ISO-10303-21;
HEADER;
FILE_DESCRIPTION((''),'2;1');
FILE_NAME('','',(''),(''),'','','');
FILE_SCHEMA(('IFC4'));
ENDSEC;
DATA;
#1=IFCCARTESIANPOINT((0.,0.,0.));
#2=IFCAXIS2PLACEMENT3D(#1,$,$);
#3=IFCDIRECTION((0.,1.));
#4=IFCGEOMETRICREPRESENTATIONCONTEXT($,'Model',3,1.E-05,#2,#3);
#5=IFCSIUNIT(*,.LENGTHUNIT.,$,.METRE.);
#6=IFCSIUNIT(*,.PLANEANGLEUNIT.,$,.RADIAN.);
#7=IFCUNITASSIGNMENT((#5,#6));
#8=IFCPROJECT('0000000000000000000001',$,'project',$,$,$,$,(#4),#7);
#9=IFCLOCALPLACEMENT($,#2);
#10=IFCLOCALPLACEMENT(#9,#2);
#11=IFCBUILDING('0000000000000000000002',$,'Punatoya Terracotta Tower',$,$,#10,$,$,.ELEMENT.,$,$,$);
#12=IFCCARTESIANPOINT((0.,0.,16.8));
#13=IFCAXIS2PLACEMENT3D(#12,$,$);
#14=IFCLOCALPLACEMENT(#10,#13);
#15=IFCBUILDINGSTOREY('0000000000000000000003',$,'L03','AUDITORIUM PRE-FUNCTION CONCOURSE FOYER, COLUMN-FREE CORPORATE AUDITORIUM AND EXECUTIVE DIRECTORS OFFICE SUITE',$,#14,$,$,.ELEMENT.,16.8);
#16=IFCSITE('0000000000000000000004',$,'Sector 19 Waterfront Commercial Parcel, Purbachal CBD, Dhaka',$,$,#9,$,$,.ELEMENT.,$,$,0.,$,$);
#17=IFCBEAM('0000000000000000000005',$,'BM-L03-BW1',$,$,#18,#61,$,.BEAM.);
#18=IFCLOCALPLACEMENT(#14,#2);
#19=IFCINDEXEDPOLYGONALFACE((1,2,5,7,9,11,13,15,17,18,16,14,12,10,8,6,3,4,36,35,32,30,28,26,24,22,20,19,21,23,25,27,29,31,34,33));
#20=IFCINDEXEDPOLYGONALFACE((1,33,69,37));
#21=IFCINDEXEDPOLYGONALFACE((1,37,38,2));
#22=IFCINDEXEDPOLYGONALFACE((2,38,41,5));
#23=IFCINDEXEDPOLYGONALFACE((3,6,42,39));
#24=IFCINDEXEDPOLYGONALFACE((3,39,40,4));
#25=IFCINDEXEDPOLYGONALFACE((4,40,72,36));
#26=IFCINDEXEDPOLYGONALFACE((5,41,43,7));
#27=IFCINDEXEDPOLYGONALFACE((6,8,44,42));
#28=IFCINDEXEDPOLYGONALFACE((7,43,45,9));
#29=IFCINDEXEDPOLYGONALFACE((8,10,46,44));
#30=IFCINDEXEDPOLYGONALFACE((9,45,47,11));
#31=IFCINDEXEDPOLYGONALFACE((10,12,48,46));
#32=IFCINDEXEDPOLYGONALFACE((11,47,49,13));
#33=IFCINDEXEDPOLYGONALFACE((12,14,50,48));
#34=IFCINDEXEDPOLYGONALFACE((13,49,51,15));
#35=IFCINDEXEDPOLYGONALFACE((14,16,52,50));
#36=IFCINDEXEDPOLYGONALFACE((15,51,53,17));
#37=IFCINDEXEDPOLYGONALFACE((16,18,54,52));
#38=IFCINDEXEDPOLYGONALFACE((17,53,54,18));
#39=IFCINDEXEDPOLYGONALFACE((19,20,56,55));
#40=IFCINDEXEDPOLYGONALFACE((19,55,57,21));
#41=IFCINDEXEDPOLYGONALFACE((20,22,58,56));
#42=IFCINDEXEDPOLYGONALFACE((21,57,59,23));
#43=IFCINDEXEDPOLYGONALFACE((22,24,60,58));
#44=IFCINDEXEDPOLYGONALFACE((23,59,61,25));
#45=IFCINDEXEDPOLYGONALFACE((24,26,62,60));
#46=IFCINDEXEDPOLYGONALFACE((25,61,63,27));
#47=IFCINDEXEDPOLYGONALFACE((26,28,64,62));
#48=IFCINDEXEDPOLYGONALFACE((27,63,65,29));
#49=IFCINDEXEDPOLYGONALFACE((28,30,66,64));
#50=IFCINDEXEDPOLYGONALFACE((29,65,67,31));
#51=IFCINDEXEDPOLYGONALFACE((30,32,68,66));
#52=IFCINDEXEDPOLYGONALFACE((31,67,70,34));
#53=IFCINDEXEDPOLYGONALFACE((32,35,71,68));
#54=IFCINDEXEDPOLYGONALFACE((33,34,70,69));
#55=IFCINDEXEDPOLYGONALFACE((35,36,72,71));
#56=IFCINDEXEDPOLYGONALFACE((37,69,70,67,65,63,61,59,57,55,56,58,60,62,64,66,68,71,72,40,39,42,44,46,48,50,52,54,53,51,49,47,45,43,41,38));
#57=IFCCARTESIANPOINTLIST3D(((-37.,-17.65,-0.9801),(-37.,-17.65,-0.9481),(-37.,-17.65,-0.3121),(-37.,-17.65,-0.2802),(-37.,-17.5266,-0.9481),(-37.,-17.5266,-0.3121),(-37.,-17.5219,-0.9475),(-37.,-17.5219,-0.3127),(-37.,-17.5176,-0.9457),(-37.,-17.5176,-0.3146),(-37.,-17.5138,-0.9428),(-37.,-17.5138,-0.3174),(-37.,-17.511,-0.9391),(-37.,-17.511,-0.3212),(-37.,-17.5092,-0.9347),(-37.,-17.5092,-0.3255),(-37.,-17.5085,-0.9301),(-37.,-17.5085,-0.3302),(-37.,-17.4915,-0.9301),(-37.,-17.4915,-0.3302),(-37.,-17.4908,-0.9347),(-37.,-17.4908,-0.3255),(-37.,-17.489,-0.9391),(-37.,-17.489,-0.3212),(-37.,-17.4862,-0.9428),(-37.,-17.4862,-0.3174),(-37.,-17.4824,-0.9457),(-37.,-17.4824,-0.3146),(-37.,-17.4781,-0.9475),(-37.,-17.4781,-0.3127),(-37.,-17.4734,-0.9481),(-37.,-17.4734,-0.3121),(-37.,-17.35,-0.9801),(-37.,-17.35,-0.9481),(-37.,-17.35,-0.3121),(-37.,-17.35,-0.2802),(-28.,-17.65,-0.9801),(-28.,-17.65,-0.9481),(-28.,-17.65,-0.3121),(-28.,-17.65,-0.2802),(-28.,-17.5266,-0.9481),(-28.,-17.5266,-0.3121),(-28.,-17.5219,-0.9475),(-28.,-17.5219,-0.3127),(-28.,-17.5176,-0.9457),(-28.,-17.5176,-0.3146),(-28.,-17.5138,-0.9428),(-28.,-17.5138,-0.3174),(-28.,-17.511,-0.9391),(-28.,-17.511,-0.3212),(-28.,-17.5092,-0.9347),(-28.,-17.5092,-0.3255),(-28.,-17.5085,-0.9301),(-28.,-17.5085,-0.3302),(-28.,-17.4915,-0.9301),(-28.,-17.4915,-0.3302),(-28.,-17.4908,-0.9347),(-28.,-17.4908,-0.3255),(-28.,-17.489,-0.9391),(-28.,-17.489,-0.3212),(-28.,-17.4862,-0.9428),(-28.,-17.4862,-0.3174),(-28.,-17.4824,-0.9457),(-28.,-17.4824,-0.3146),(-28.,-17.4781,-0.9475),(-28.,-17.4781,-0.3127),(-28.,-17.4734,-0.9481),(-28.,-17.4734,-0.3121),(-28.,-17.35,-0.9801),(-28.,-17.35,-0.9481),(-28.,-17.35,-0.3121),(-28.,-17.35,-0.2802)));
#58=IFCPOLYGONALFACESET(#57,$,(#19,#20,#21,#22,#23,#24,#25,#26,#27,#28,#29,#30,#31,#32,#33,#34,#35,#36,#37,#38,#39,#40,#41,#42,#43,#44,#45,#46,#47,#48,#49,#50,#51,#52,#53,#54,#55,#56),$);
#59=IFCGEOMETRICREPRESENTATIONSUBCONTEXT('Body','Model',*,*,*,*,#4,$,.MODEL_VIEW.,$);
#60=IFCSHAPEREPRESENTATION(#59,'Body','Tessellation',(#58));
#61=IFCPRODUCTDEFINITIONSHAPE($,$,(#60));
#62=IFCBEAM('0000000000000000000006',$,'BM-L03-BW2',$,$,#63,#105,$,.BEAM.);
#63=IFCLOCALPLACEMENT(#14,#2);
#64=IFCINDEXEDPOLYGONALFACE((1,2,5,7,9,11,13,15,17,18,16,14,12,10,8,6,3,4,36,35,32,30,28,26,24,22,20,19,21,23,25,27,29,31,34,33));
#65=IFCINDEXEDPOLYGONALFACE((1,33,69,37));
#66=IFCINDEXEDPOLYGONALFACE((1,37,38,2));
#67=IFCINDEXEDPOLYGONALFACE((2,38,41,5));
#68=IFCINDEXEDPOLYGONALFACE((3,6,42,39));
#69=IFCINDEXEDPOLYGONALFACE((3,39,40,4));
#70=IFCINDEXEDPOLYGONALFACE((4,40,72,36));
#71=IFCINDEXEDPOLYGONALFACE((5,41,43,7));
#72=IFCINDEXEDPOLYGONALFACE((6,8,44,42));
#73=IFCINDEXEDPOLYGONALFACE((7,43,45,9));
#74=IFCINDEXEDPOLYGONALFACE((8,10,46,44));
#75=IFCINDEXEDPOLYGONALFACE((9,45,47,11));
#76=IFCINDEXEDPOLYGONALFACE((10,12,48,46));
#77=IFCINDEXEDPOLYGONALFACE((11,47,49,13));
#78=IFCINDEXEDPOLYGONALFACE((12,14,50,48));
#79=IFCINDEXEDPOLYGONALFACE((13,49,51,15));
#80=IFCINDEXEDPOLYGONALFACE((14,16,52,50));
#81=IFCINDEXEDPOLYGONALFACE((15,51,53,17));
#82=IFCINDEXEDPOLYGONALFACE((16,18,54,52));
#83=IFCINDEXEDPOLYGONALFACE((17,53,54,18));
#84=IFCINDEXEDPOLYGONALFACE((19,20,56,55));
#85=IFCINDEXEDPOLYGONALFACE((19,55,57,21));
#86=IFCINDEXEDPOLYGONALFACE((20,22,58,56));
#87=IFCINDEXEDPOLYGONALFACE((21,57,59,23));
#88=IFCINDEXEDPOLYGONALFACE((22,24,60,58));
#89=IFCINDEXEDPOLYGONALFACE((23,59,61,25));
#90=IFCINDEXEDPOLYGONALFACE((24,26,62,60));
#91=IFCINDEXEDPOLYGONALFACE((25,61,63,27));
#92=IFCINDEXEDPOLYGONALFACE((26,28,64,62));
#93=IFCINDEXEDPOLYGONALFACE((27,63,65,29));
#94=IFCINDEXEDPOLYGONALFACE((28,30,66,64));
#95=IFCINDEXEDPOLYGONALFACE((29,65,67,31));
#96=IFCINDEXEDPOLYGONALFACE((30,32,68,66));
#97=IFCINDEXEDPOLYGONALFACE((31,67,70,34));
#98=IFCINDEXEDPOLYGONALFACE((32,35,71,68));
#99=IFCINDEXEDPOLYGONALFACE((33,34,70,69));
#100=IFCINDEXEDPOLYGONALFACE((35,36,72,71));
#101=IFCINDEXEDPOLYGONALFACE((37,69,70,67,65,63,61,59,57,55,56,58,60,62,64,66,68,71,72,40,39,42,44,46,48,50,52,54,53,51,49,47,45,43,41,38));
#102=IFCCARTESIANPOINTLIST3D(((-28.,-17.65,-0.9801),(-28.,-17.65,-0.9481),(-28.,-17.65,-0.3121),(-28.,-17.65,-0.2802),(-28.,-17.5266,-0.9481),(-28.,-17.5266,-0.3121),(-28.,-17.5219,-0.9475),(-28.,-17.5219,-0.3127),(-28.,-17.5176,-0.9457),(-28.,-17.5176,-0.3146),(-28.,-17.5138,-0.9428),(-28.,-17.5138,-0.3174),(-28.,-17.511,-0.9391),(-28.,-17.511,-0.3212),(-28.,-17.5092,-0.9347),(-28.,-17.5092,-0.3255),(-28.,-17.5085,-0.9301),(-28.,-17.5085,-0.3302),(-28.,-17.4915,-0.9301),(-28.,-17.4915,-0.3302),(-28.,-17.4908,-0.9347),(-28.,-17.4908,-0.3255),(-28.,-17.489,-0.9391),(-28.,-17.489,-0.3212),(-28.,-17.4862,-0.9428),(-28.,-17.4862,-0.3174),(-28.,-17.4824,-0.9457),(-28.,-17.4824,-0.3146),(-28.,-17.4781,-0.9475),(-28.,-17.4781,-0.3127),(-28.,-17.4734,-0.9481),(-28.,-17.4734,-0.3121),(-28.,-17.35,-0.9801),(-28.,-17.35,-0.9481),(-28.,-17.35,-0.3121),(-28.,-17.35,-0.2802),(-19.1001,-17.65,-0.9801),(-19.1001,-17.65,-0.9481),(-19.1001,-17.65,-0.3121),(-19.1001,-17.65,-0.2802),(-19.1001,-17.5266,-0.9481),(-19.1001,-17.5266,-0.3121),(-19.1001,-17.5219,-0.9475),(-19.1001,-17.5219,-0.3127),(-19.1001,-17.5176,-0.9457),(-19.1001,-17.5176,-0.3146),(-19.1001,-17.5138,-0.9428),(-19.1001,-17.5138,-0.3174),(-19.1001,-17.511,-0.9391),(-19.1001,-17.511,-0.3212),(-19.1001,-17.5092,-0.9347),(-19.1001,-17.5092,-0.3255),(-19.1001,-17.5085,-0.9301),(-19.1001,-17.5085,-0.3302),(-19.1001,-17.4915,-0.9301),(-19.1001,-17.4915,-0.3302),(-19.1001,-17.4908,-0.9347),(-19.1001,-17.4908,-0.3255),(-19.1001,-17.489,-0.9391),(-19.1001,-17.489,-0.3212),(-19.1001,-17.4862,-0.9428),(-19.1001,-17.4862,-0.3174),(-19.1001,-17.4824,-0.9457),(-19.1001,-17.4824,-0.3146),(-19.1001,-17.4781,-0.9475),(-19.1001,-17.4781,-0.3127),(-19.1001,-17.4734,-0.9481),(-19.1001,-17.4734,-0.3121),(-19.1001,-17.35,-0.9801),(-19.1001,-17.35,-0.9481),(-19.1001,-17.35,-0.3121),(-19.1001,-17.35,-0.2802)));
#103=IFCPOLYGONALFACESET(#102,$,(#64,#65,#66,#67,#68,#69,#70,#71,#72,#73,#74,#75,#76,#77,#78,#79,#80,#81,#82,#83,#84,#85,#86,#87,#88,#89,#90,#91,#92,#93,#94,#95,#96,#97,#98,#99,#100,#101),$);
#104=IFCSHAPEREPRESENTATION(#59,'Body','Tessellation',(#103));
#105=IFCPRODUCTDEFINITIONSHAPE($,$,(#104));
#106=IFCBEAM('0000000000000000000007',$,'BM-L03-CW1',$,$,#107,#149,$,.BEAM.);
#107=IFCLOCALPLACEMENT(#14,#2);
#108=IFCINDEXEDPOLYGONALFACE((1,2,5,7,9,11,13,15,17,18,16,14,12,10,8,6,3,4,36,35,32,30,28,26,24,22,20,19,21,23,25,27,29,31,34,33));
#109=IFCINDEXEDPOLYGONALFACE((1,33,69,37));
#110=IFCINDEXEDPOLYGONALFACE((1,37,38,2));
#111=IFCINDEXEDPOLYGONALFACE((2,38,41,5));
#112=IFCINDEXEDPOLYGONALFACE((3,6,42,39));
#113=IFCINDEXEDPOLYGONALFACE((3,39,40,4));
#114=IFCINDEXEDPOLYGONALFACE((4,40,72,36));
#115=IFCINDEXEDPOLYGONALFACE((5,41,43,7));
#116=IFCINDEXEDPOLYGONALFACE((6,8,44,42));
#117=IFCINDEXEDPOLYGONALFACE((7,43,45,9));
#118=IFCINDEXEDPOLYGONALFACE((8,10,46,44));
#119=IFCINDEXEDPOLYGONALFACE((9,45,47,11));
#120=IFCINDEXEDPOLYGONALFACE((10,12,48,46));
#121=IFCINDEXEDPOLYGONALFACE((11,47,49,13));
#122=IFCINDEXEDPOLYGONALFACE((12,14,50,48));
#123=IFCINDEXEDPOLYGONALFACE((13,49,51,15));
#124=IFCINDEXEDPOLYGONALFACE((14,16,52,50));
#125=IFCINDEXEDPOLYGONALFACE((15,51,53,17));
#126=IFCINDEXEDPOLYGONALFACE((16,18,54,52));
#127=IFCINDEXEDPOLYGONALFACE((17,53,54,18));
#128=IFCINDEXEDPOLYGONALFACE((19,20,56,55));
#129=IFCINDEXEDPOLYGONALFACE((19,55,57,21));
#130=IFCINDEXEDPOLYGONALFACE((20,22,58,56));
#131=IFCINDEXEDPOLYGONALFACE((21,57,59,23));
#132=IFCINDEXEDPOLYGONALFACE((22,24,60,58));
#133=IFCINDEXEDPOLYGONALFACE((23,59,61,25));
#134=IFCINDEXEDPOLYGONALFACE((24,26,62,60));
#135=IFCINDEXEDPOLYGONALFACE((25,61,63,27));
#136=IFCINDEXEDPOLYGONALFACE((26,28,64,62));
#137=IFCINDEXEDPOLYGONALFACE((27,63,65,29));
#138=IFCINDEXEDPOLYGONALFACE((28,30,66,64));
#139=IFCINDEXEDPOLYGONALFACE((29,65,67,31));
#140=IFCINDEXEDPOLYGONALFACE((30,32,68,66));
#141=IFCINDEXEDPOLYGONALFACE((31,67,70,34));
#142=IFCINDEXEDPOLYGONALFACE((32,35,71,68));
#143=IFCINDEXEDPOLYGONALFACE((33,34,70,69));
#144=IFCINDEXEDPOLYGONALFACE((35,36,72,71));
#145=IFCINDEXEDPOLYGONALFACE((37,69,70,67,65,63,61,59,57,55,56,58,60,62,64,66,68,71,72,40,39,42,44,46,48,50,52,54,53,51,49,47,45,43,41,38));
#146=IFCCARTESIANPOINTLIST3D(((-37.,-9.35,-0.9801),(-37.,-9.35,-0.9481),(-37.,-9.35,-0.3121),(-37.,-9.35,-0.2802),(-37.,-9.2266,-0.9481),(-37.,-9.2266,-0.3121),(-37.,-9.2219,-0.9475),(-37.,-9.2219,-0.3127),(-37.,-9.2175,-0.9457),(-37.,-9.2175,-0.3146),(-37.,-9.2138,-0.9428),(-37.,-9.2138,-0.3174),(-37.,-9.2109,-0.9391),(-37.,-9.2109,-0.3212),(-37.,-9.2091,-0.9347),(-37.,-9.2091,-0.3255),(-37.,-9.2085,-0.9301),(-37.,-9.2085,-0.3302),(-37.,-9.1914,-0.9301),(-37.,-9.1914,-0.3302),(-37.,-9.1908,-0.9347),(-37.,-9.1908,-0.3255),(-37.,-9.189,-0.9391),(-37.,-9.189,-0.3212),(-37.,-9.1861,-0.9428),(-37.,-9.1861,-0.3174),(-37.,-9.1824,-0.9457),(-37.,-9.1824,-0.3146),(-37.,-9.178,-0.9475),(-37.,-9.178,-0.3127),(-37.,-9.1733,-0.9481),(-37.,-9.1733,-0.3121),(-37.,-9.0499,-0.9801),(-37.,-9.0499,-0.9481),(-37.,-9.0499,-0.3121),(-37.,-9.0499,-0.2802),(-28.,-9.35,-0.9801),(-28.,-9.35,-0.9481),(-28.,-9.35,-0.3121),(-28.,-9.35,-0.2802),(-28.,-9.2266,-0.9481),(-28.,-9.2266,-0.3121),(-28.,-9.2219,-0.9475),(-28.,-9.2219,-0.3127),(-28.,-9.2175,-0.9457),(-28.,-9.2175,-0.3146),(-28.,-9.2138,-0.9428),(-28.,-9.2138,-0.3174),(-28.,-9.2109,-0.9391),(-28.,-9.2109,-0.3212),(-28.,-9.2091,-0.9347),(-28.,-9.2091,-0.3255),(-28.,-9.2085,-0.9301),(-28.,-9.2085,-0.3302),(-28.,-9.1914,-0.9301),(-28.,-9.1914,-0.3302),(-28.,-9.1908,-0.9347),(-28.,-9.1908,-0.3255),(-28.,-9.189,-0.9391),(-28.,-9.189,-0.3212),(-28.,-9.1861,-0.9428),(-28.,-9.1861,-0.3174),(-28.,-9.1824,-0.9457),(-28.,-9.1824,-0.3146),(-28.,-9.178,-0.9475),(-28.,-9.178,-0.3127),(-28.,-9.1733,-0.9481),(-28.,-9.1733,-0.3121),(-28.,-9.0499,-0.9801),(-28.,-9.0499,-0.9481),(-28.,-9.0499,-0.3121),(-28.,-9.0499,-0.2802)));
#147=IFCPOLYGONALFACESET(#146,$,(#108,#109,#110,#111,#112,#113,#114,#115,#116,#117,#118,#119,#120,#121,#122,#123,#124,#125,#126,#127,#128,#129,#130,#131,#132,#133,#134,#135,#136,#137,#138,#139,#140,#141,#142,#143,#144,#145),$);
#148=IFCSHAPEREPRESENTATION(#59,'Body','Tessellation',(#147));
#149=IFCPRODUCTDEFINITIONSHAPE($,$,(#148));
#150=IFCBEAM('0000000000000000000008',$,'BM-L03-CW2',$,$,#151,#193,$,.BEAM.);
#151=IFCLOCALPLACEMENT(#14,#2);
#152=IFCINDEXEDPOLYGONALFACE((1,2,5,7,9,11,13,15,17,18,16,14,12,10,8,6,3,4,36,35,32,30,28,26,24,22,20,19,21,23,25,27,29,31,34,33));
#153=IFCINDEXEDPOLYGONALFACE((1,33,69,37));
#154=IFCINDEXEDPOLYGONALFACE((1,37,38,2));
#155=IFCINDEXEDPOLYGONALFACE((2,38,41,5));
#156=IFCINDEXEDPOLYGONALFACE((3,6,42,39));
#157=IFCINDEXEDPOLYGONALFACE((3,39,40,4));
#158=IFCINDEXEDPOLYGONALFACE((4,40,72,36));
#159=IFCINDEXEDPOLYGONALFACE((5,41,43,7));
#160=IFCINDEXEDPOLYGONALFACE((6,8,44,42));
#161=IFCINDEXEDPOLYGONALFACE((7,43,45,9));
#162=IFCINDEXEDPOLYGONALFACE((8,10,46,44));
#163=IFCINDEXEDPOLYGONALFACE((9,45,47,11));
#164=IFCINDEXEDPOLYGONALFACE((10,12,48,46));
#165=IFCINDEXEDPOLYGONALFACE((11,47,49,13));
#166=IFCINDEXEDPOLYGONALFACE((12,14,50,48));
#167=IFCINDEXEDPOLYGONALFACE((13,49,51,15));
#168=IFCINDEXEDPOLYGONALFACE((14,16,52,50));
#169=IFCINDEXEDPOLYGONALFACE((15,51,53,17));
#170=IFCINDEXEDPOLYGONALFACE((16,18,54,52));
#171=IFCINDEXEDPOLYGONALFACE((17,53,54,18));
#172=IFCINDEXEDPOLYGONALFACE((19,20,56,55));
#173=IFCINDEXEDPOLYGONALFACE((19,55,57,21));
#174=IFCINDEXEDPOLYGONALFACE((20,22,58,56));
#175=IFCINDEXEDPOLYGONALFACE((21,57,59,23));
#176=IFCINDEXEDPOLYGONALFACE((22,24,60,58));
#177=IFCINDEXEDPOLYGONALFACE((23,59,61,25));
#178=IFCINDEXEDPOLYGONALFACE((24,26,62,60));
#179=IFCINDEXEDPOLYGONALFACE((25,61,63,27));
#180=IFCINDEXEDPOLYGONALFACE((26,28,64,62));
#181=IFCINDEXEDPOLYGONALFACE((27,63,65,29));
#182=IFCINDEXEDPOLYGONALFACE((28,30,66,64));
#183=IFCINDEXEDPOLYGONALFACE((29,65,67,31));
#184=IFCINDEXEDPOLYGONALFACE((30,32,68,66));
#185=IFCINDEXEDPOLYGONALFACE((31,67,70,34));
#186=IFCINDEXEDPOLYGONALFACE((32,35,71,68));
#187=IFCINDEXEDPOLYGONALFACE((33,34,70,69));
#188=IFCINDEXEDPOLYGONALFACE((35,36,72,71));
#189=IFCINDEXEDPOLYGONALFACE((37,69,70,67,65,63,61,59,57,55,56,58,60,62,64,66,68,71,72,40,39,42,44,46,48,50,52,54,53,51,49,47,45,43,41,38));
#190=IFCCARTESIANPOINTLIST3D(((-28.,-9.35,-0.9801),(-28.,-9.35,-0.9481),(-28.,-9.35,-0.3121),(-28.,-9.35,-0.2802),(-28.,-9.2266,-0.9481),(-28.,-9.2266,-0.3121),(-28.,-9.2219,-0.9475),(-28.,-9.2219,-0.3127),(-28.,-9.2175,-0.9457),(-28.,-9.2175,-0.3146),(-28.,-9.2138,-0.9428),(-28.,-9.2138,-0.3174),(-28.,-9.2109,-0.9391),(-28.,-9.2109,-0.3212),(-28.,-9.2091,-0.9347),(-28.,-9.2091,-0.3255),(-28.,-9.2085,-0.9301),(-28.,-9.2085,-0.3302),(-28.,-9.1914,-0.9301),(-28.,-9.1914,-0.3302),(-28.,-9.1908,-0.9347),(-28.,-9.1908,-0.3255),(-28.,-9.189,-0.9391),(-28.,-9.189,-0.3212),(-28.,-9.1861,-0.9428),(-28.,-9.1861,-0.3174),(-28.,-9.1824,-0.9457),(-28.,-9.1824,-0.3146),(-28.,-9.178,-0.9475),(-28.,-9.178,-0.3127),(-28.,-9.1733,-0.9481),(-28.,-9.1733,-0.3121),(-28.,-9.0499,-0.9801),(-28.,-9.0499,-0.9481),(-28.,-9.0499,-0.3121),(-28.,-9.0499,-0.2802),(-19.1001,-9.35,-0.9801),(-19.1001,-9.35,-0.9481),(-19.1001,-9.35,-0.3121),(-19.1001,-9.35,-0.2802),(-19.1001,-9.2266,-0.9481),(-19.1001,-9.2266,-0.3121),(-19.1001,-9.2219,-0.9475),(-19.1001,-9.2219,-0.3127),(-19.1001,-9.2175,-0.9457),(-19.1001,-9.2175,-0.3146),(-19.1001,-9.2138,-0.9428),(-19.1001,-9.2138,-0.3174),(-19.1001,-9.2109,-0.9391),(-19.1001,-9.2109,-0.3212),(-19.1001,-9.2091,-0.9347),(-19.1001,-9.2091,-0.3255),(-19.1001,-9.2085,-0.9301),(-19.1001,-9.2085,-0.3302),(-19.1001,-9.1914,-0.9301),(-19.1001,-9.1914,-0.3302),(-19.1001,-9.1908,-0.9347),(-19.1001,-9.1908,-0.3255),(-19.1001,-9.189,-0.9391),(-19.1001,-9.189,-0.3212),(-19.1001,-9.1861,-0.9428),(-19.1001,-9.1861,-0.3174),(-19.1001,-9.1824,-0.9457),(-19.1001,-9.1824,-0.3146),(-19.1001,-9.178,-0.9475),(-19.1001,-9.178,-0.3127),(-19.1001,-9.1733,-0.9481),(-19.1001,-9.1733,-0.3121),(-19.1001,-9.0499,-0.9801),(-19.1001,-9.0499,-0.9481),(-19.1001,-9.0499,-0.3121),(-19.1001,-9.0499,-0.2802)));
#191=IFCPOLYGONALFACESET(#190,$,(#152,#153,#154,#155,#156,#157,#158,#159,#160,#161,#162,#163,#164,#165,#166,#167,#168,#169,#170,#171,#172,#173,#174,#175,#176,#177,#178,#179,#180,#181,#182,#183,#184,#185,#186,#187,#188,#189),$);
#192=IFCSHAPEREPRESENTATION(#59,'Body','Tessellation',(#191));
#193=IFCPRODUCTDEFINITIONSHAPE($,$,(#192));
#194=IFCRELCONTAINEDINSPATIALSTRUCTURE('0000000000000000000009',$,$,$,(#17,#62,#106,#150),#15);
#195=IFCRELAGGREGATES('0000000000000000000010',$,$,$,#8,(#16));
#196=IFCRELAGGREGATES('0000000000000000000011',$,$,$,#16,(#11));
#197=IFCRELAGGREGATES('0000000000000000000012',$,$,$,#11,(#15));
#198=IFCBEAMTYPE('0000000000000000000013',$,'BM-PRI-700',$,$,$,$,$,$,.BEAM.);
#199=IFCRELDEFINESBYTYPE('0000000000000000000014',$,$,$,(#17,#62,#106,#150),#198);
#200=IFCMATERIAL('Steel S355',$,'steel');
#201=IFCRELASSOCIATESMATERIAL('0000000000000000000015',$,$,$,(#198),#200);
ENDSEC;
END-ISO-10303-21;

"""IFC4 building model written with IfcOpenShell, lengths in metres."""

from ifc_helpers import new_model, si_unit, direction, frame, origin, origin_2d, place, context, subcontext, project, spatial, i_section, extrude, material, material_profile, profile_set, type_object, element, save


model = new_model("IFC4")

# Units and contexts
model_context = context("Model", 3, precision=1e-05, world=origin(), true_north=direction((0.0, 1.0)))
body_context = subcontext(model_context, "Body", "Model", "MODEL_VIEW")
ifc_project = project(units=[si_unit("LENGTHUNIT", "METRE"), si_unit("PLANEANGLEUNIT", "RADIAN")], contexts=[model_context])

# Site, building, storey
site_placement = place(None, origin())
site = spatial("IfcSite", under=ifc_project, at=site_placement, Name="Sector 19 Waterfront Commercial Parcel, Purbachal CBD, Dhaka", CompositionType="ELEMENT", RefElevation=0.0)
building_placement = place(site_placement, origin())
building = spatial("IfcBuilding", under=site, at=building_placement, Name="Punatoya Terracotta Tower", CompositionType="ELEMENT")
storey_placement = place(building_placement, frame((0.0, 0.0, 16.8)))
storey = spatial("IfcBuildingStorey", under=building, at=storey_placement, Name="L03", Description="AUDITORIUM PRE-FUNCTION CONCOURSE FOYER, COLUMN-FREE CORPORATE AUDITORIUM AND EXECUTIVE DIRECTORS OFFICE SUITE", CompositionType="ELEMENT", Elevation=16.8)

# Beams
ifc_material_1 = material(Name="Steel S355", Category="steel")
ifc_material_profile_1 = material_profile(ifc_material_1, i_section(OverallWidth=0.3, OverallDepth=0.7, WebThickness=0.0171, FlangeThickness=0.032, FilletRadius=0.0181, at=origin_2d()))
ifc_profile_set_1 = profile_set([ifc_material_profile_1], Name="Steel S355")
beam_type_1 = type_object("IfcBeamType", Name="BM-PRI-700", PredefinedType="BEAM", material=ifc_profile_set_1)
beam_1_placement = place(storey_placement, frame((-37.0, -17.5, -0.6301), z_axis=(1.0, 0.0, 0.0), x_axis=(0.0, 1.0, 0.0)))
element("IfcBeam", 1, at=beam_1_placement, inside=storey, type_object=beam_type_1, Name="BM-L03-BW1", PredefinedType="BEAM", context=body_context, shape_type="SweptSolid", body=[
    extrude(i_section(OverallWidth=0.3, OverallDepth=0.7, WebThickness=0.0171, FlangeThickness=0.032, FilletRadius=0.0181, at=origin_2d()), origin(), (0.0, 0.0, 1.0), 9.0),
])
beam_2_placement = place(storey_placement, frame((-28.0, -17.5, -0.6301), z_axis=(1.0, 0.0, 0.0), x_axis=(0.0, 1.0, 0.0)))
element("IfcBeam", 2, at=beam_2_placement, inside=storey, type_object=beam_type_1, Name="BM-L03-BW2", PredefinedType="BEAM", context=body_context, shape_type="SweptSolid", body=[
    extrude(i_section(OverallWidth=0.3, OverallDepth=0.7, WebThickness=0.0171, FlangeThickness=0.032, FilletRadius=0.0181, at=origin_2d()), origin(), (0.0, 0.0, 1.0), 8.8999),
])
beam_3_placement = place(storey_placement, frame((-37.0, -9.2, -0.6301), z_axis=(1.0, 0.0, 0.0), x_axis=(0.0, 1.0, 0.0)))
element("IfcBeam", 3, at=beam_3_placement, inside=storey, type_object=beam_type_1, Name="BM-L03-CW1", PredefinedType="BEAM", context=body_context, shape_type="SweptSolid", body=[
    extrude(i_section(OverallWidth=0.3, OverallDepth=0.7, WebThickness=0.0171, FlangeThickness=0.032, FilletRadius=0.0181, at=origin_2d()), origin(), (0.0, 0.0, 1.0), 9.0),
])
beam_4_placement = place(storey_placement, frame((-28.0, -9.2, -0.6301), z_axis=(1.0, 0.0, 0.0), x_axis=(0.0, 1.0, 0.0)))
element("IfcBeam", 4, at=beam_4_placement, inside=storey, type_object=beam_type_1, Name="BM-L03-CW2", PredefinedType="BEAM", context=body_context, shape_type="SweptSolid", body=[
    extrude(i_section(OverallWidth=0.3, OverallDepth=0.7, WebThickness=0.0171, FlangeThickness=0.032, FilletRadius=0.0181, at=origin_2d()), origin(), (0.0, 0.0, 1.0), 8.8999),
])

save(model, "model.ifc")
